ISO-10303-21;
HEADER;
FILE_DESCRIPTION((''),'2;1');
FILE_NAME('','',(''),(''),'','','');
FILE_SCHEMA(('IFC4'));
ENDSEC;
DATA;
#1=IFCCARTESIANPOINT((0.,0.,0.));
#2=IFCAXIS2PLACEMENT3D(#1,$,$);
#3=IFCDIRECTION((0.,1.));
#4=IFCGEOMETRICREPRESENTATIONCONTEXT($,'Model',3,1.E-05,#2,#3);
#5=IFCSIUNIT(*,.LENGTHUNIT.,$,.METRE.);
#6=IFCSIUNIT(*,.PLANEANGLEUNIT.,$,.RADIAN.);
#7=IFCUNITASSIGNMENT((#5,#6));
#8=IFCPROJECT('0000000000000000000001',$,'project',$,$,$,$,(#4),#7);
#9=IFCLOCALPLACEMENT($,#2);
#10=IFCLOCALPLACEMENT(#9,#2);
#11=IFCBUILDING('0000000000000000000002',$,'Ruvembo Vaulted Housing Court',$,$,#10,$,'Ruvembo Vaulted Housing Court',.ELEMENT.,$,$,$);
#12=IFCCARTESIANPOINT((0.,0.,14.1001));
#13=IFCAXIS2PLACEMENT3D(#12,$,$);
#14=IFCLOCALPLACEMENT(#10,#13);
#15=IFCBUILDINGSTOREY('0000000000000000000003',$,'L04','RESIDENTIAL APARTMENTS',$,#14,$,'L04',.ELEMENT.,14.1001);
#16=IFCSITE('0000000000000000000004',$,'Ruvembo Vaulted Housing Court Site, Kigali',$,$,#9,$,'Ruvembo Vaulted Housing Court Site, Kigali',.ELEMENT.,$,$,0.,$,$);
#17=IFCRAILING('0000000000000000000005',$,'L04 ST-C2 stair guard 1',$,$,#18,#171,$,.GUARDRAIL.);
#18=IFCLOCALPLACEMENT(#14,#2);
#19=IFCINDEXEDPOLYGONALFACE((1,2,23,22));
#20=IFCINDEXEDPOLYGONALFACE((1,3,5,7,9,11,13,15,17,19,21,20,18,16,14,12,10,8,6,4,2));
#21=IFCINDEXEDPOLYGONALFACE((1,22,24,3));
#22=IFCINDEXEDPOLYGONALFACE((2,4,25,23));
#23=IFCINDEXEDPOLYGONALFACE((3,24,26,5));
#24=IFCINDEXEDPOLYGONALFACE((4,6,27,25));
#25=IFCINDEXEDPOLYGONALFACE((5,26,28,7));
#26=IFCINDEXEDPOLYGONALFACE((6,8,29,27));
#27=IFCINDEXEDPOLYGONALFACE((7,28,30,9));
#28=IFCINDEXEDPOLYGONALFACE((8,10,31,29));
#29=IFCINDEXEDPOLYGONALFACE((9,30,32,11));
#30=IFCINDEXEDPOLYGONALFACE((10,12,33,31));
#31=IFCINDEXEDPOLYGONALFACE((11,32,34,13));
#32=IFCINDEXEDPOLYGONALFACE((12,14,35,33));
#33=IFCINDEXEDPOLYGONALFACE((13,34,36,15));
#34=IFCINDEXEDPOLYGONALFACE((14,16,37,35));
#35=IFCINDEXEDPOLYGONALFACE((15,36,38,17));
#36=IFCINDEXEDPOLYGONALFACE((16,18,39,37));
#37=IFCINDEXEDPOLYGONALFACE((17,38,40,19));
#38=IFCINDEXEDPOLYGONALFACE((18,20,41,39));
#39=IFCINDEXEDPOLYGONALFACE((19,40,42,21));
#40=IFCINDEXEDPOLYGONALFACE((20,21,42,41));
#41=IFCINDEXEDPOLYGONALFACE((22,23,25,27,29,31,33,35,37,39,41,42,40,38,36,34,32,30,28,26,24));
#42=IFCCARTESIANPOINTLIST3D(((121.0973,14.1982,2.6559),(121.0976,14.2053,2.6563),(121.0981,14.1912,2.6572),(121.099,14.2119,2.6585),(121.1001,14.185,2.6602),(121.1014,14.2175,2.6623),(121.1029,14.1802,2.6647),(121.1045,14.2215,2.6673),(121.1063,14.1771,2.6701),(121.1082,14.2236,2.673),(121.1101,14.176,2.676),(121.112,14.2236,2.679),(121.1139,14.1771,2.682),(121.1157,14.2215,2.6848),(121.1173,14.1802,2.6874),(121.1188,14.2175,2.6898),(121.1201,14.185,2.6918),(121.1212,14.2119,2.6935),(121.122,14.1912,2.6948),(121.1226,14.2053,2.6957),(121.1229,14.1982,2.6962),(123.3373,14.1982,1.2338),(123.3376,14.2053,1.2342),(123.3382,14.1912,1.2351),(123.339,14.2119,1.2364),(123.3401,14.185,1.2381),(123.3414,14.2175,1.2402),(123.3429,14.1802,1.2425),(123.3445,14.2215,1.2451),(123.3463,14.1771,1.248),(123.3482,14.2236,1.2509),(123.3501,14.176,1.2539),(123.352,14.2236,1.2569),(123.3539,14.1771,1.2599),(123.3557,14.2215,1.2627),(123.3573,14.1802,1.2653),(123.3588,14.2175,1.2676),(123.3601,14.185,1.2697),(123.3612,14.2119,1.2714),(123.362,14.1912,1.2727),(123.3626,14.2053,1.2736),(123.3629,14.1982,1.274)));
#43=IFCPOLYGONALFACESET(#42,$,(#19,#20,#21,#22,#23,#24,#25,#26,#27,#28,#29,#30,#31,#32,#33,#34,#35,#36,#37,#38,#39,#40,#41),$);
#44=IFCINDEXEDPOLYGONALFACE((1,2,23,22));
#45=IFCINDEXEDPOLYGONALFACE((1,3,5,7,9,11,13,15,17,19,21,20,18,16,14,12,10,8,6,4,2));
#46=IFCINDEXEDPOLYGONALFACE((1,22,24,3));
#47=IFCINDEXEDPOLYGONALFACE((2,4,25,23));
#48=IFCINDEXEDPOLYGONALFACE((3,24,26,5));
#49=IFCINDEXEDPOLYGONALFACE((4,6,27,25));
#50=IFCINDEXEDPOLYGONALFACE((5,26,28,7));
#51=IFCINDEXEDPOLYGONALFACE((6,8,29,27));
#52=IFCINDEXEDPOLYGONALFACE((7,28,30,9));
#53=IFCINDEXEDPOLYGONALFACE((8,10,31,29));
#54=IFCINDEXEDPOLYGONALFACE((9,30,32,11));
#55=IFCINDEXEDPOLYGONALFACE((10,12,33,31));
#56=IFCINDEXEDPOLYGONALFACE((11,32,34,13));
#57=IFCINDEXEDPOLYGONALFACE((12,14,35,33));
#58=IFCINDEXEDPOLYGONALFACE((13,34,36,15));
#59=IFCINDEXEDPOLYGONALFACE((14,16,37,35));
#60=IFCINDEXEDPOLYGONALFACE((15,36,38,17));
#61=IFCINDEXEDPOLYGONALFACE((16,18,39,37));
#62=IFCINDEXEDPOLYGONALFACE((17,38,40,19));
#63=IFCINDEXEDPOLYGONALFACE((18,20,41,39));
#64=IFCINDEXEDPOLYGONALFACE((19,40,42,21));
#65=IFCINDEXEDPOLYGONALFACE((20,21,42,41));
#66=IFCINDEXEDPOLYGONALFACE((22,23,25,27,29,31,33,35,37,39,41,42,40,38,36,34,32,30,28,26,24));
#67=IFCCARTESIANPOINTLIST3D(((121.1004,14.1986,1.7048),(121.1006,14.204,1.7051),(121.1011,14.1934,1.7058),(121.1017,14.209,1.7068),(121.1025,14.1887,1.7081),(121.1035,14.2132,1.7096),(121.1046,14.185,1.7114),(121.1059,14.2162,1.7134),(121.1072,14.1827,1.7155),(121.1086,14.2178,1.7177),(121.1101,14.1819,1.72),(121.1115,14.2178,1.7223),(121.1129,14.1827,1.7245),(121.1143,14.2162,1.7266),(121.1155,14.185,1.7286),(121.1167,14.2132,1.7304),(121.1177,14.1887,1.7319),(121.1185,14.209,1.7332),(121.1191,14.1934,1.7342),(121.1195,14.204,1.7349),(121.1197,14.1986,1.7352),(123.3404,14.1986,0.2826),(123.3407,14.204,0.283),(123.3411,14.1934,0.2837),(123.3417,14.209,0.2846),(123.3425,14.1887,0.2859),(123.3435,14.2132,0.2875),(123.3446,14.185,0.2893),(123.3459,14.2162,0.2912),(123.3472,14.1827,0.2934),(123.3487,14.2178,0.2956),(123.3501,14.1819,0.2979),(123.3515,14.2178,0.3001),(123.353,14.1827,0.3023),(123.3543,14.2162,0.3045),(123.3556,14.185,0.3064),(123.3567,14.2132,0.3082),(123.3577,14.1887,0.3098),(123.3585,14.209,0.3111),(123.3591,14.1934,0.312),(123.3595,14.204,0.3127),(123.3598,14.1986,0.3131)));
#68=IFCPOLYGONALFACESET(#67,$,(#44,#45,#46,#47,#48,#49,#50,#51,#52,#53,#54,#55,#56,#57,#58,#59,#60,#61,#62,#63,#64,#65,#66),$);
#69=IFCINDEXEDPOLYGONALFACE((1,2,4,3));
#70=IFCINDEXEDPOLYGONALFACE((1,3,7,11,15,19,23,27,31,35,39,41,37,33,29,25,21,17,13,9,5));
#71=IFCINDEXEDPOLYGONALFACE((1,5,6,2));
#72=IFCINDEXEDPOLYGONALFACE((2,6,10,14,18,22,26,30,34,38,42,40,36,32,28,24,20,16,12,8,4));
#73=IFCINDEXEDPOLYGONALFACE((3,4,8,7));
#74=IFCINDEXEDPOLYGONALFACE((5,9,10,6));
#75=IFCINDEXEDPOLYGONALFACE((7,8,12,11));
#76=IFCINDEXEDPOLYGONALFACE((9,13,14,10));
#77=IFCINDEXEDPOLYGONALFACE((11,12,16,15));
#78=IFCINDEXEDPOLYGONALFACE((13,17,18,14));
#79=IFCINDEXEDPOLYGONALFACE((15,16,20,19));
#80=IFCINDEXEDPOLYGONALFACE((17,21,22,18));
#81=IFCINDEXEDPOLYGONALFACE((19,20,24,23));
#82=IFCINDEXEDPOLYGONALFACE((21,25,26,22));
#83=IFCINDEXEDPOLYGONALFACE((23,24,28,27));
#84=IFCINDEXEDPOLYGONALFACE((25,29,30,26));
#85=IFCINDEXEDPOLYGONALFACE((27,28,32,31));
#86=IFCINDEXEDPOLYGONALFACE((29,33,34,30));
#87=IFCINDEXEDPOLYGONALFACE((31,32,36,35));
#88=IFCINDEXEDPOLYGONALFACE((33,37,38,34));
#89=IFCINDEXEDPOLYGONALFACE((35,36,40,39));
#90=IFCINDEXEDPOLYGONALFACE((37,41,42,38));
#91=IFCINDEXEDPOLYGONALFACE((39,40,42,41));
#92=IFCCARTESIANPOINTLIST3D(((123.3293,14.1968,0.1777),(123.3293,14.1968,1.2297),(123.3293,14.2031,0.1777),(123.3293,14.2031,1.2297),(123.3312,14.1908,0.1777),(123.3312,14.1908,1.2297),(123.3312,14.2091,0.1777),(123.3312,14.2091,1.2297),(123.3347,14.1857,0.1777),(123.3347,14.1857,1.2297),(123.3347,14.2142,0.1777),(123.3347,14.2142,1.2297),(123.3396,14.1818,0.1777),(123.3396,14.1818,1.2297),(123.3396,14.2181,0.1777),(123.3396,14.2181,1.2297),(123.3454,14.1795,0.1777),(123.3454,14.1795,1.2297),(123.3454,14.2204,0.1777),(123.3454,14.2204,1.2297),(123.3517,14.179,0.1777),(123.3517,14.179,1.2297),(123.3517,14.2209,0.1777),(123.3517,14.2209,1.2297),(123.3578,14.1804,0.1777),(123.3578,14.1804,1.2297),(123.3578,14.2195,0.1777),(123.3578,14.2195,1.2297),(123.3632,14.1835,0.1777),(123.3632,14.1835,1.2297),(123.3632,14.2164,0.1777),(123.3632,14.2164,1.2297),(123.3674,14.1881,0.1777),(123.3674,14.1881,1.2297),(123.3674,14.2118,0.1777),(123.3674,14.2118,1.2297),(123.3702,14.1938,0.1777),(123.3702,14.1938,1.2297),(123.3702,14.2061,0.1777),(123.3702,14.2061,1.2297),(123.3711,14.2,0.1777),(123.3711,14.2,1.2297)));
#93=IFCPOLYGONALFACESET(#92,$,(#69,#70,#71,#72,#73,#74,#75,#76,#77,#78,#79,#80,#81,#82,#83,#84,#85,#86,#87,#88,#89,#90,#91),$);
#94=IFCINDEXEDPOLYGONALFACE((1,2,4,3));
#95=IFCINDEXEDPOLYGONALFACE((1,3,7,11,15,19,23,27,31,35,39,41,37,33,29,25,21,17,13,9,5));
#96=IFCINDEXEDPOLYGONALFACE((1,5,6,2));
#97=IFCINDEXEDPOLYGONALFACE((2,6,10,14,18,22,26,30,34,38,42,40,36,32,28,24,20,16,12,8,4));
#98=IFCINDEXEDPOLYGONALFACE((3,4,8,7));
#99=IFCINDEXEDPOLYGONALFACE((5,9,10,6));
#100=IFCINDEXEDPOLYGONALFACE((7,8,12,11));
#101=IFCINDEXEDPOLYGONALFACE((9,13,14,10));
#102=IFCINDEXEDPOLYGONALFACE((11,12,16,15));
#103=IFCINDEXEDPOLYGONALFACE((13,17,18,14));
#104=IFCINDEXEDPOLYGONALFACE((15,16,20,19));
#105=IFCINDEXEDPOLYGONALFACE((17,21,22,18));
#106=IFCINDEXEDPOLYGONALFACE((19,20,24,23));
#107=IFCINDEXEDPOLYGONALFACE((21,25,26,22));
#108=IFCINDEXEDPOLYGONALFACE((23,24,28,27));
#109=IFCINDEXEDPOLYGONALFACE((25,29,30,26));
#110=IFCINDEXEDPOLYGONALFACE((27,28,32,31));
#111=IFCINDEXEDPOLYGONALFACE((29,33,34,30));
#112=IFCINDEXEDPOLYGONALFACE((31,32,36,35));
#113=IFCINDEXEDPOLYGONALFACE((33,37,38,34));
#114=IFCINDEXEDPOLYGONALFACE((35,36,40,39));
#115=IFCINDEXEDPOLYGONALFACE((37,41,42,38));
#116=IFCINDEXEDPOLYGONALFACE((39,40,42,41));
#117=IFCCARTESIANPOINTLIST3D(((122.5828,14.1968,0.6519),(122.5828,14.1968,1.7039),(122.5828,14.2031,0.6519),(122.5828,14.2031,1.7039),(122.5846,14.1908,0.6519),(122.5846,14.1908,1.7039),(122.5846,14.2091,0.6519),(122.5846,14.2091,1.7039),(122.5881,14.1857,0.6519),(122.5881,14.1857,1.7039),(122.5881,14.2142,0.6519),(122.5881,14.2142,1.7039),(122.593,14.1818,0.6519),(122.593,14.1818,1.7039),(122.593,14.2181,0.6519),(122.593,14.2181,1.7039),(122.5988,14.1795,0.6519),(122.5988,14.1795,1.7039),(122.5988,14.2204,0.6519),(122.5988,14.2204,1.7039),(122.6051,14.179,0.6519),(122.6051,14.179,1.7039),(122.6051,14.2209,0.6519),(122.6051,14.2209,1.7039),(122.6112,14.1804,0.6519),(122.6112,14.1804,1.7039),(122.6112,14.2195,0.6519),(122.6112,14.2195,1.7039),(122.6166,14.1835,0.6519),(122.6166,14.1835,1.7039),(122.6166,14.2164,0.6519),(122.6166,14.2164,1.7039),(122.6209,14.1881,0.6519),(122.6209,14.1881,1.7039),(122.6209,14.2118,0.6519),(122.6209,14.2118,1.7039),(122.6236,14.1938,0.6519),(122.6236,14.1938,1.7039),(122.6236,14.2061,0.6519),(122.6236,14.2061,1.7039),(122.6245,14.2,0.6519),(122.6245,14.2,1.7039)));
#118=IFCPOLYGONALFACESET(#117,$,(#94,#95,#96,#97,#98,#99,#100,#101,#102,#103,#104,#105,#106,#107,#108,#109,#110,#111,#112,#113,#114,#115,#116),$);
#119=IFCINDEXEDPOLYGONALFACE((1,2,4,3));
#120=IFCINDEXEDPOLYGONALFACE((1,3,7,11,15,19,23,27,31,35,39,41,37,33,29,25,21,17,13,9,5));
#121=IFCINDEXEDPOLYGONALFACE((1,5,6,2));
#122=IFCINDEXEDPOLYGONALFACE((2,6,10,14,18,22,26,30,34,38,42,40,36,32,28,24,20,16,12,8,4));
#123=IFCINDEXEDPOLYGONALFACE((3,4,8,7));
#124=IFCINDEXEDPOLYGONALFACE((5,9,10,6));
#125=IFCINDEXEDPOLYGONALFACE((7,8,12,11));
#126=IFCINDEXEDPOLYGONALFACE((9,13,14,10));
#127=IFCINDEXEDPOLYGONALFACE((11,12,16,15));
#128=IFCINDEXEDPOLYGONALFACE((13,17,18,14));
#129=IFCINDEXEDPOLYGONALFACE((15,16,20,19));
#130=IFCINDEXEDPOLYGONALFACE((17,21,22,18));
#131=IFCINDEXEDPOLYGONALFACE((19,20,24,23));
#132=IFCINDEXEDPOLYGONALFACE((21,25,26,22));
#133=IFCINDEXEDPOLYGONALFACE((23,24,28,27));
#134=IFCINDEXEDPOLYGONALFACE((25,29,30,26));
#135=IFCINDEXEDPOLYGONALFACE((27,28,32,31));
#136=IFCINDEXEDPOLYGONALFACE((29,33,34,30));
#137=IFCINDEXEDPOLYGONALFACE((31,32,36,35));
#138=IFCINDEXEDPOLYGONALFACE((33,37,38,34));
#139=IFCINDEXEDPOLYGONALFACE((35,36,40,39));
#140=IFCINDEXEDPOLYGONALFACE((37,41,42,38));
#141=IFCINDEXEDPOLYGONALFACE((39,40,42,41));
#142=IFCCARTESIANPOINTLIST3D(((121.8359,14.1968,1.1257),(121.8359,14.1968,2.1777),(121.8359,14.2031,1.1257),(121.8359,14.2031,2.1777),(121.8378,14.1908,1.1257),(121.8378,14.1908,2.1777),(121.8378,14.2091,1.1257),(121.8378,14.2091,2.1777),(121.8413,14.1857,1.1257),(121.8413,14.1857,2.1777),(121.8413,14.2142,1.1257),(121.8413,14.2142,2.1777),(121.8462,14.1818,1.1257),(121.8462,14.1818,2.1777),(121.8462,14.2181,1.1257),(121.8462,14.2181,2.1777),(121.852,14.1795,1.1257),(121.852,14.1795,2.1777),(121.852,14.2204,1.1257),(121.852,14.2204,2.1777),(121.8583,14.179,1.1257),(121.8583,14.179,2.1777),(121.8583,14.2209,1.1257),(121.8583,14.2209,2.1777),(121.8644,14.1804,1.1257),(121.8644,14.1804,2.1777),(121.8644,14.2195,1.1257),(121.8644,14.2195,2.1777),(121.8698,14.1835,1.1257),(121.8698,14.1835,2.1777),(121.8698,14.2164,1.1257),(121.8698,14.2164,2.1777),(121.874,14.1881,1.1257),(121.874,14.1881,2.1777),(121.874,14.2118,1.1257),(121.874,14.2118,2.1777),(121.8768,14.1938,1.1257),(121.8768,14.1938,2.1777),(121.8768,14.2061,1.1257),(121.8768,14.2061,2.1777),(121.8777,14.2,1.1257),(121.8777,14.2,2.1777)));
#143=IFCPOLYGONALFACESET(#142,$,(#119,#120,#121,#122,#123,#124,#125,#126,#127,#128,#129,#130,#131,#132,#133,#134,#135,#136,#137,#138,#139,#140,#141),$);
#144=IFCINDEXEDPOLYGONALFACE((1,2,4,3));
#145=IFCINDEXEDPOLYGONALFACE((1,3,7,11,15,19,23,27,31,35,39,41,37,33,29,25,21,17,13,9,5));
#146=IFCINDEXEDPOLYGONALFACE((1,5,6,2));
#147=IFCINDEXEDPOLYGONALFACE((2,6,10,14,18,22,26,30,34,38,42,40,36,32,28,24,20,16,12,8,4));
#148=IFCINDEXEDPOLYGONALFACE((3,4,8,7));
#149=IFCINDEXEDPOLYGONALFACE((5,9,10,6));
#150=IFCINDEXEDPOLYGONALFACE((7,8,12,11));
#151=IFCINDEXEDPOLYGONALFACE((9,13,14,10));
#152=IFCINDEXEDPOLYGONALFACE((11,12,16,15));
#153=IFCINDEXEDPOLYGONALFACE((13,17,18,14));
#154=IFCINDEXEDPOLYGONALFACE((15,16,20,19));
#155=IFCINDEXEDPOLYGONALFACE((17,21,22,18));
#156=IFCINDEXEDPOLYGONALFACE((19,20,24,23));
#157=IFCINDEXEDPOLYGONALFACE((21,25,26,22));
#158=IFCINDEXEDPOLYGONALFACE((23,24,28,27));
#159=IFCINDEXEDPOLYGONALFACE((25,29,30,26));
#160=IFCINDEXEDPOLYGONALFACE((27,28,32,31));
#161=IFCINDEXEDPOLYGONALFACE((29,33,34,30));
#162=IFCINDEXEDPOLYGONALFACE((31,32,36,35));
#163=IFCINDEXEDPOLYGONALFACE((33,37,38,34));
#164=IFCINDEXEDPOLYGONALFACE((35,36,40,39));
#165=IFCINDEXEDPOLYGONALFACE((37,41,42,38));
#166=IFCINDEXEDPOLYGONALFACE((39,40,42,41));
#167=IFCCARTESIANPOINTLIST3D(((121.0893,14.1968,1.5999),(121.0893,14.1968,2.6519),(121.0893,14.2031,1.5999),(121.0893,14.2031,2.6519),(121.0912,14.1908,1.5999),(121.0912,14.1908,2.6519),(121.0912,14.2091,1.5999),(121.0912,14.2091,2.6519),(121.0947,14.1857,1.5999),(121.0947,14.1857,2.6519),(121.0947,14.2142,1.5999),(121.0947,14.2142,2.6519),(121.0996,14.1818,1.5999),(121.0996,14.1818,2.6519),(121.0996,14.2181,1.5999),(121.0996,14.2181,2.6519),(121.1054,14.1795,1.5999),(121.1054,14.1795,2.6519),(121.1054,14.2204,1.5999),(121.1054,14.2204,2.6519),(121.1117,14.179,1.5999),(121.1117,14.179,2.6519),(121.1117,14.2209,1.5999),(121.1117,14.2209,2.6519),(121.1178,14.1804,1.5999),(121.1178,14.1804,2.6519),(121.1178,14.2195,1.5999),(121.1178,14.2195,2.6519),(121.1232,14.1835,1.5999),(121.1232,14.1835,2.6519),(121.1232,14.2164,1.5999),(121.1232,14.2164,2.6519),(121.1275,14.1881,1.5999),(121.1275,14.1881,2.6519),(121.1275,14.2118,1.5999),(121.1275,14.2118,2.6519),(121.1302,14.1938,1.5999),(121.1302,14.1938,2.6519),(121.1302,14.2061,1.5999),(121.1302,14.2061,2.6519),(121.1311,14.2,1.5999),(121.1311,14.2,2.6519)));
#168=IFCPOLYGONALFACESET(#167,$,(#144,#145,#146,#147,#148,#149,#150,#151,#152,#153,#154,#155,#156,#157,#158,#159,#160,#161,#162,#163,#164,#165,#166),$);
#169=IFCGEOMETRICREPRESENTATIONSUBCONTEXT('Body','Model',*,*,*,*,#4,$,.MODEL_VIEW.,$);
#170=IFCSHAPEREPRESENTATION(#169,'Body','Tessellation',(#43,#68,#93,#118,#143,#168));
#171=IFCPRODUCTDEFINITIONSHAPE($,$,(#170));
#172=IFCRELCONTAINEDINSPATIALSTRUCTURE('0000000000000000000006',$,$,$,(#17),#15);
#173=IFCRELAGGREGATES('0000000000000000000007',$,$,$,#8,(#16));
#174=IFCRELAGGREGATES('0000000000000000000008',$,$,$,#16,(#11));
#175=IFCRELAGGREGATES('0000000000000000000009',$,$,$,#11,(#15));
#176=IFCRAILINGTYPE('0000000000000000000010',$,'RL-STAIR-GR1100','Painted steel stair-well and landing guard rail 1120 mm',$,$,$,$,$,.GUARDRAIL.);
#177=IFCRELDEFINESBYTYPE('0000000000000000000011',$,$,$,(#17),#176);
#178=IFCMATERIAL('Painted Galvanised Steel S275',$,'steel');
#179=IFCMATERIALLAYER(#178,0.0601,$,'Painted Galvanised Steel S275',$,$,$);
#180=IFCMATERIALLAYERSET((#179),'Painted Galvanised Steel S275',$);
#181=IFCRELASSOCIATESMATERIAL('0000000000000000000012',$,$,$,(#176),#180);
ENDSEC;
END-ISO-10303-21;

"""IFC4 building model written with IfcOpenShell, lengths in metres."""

from ifc_helpers import new_model, si_unit, direction, frame, origin, origin_2d, place, context, subcontext, project, spatial, circle, extrude, material, layer, layer_set, type_object, element, save


model = new_model("IFC4")

# Units and contexts
model_context = context("Model", 3, precision=1e-05, world=origin(), true_north=direction((0.0, 1.0)))
body_context = subcontext(model_context, "Body", "Model", "MODEL_VIEW")
ifc_project = project(units=[si_unit("LENGTHUNIT", "METRE"), si_unit("PLANEANGLEUNIT", "RADIAN")], contexts=[model_context])

# Site, building, storey
site_placement = place(None, origin())
site = spatial("IfcSite", under=ifc_project, at=site_placement, Name="Ruvembo Vaulted Housing Court Site, Kigali", LongName="Ruvembo Vaulted Housing Court Site, Kigali", CompositionType="ELEMENT", RefElevation=0.0)
building_placement = place(site_placement, origin())
building = spatial("IfcBuilding", under=site, at=building_placement, Name="Ruvembo Vaulted Housing Court", LongName="Ruvembo Vaulted Housing Court", CompositionType="ELEMENT")
storey_placement = place(building_placement, frame((0.0, 0.0, 14.1001)))
storey = spatial("IfcBuildingStorey", under=building, at=storey_placement, Name="L04", Description="RESIDENTIAL APARTMENTS", LongName="L04", CompositionType="ELEMENT", Elevation=14.1001)

# Railing
ifc_material_1 = material(Name="Painted Galvanised Steel S275", Category="steel")
ifc_layer_1 = layer(ifc_material_1, 0.0601, Name="Painted Galvanised Steel S275")
ifc_layer_set_1 = layer_set([ifc_layer_1], Name="Painted Galvanised Steel S275")
railing_type_1 = type_object("IfcRailingType", Name="RL-STAIR-GR1100", Description="Painted steel stair-well and landing guard rail 1120 mm", PredefinedType="GUARDRAIL", material=ifc_layer_set_1)
railing_1_placement = place(storey_placement, frame((123.3501, 14.2, 0.1777)))
element("IfcRailing", 1, at=railing_1_placement, inside=storey, type_object=railing_type_1, Name="L04 ST-C2 stair guard 1", PredefinedType="GUARDRAIL", context=body_context, shape_type="SweptSolid", body=[
    extrude(circle(Radius=0.0239, at=origin_2d()), frame((0.0, 0.0, 1.0762), z_axis=(-0.844229, 0.0, 0.535982), x_axis=(0.0, -1.0, 0.0)), (0.0, 0.0, 1.0), 2.6533),
    extrude(circle(Radius=0.0181, at=origin_2d()), frame((0.0, 0.0, 0.1201), z_axis=(-0.844229, 0.0, 0.535982), x_axis=(0.0, -1.0, 0.0)), (0.0, 0.0, 1.0), 2.6533),
    extrude(circle(Radius=0.021, at=origin_2d()), origin(), (0.0, 0.0, 1.0), 1.052),
    extrude(circle(Radius=0.021, at=origin_2d()), frame((-0.7466, 0.0, 0.4741)), (0.0, 0.0, 1.0), 1.052),
    extrude(circle(Radius=0.021, at=origin_2d()), frame((-1.4934, 0.0, 0.948)), (0.0, 0.0, 1.0), 1.052),
    extrude(circle(Radius=0.021, at=origin_2d()), frame((-2.24, 0.0, 1.4221)), (0.0, 0.0, 1.0), 1.052),
])

save(model, "model.ifc")
